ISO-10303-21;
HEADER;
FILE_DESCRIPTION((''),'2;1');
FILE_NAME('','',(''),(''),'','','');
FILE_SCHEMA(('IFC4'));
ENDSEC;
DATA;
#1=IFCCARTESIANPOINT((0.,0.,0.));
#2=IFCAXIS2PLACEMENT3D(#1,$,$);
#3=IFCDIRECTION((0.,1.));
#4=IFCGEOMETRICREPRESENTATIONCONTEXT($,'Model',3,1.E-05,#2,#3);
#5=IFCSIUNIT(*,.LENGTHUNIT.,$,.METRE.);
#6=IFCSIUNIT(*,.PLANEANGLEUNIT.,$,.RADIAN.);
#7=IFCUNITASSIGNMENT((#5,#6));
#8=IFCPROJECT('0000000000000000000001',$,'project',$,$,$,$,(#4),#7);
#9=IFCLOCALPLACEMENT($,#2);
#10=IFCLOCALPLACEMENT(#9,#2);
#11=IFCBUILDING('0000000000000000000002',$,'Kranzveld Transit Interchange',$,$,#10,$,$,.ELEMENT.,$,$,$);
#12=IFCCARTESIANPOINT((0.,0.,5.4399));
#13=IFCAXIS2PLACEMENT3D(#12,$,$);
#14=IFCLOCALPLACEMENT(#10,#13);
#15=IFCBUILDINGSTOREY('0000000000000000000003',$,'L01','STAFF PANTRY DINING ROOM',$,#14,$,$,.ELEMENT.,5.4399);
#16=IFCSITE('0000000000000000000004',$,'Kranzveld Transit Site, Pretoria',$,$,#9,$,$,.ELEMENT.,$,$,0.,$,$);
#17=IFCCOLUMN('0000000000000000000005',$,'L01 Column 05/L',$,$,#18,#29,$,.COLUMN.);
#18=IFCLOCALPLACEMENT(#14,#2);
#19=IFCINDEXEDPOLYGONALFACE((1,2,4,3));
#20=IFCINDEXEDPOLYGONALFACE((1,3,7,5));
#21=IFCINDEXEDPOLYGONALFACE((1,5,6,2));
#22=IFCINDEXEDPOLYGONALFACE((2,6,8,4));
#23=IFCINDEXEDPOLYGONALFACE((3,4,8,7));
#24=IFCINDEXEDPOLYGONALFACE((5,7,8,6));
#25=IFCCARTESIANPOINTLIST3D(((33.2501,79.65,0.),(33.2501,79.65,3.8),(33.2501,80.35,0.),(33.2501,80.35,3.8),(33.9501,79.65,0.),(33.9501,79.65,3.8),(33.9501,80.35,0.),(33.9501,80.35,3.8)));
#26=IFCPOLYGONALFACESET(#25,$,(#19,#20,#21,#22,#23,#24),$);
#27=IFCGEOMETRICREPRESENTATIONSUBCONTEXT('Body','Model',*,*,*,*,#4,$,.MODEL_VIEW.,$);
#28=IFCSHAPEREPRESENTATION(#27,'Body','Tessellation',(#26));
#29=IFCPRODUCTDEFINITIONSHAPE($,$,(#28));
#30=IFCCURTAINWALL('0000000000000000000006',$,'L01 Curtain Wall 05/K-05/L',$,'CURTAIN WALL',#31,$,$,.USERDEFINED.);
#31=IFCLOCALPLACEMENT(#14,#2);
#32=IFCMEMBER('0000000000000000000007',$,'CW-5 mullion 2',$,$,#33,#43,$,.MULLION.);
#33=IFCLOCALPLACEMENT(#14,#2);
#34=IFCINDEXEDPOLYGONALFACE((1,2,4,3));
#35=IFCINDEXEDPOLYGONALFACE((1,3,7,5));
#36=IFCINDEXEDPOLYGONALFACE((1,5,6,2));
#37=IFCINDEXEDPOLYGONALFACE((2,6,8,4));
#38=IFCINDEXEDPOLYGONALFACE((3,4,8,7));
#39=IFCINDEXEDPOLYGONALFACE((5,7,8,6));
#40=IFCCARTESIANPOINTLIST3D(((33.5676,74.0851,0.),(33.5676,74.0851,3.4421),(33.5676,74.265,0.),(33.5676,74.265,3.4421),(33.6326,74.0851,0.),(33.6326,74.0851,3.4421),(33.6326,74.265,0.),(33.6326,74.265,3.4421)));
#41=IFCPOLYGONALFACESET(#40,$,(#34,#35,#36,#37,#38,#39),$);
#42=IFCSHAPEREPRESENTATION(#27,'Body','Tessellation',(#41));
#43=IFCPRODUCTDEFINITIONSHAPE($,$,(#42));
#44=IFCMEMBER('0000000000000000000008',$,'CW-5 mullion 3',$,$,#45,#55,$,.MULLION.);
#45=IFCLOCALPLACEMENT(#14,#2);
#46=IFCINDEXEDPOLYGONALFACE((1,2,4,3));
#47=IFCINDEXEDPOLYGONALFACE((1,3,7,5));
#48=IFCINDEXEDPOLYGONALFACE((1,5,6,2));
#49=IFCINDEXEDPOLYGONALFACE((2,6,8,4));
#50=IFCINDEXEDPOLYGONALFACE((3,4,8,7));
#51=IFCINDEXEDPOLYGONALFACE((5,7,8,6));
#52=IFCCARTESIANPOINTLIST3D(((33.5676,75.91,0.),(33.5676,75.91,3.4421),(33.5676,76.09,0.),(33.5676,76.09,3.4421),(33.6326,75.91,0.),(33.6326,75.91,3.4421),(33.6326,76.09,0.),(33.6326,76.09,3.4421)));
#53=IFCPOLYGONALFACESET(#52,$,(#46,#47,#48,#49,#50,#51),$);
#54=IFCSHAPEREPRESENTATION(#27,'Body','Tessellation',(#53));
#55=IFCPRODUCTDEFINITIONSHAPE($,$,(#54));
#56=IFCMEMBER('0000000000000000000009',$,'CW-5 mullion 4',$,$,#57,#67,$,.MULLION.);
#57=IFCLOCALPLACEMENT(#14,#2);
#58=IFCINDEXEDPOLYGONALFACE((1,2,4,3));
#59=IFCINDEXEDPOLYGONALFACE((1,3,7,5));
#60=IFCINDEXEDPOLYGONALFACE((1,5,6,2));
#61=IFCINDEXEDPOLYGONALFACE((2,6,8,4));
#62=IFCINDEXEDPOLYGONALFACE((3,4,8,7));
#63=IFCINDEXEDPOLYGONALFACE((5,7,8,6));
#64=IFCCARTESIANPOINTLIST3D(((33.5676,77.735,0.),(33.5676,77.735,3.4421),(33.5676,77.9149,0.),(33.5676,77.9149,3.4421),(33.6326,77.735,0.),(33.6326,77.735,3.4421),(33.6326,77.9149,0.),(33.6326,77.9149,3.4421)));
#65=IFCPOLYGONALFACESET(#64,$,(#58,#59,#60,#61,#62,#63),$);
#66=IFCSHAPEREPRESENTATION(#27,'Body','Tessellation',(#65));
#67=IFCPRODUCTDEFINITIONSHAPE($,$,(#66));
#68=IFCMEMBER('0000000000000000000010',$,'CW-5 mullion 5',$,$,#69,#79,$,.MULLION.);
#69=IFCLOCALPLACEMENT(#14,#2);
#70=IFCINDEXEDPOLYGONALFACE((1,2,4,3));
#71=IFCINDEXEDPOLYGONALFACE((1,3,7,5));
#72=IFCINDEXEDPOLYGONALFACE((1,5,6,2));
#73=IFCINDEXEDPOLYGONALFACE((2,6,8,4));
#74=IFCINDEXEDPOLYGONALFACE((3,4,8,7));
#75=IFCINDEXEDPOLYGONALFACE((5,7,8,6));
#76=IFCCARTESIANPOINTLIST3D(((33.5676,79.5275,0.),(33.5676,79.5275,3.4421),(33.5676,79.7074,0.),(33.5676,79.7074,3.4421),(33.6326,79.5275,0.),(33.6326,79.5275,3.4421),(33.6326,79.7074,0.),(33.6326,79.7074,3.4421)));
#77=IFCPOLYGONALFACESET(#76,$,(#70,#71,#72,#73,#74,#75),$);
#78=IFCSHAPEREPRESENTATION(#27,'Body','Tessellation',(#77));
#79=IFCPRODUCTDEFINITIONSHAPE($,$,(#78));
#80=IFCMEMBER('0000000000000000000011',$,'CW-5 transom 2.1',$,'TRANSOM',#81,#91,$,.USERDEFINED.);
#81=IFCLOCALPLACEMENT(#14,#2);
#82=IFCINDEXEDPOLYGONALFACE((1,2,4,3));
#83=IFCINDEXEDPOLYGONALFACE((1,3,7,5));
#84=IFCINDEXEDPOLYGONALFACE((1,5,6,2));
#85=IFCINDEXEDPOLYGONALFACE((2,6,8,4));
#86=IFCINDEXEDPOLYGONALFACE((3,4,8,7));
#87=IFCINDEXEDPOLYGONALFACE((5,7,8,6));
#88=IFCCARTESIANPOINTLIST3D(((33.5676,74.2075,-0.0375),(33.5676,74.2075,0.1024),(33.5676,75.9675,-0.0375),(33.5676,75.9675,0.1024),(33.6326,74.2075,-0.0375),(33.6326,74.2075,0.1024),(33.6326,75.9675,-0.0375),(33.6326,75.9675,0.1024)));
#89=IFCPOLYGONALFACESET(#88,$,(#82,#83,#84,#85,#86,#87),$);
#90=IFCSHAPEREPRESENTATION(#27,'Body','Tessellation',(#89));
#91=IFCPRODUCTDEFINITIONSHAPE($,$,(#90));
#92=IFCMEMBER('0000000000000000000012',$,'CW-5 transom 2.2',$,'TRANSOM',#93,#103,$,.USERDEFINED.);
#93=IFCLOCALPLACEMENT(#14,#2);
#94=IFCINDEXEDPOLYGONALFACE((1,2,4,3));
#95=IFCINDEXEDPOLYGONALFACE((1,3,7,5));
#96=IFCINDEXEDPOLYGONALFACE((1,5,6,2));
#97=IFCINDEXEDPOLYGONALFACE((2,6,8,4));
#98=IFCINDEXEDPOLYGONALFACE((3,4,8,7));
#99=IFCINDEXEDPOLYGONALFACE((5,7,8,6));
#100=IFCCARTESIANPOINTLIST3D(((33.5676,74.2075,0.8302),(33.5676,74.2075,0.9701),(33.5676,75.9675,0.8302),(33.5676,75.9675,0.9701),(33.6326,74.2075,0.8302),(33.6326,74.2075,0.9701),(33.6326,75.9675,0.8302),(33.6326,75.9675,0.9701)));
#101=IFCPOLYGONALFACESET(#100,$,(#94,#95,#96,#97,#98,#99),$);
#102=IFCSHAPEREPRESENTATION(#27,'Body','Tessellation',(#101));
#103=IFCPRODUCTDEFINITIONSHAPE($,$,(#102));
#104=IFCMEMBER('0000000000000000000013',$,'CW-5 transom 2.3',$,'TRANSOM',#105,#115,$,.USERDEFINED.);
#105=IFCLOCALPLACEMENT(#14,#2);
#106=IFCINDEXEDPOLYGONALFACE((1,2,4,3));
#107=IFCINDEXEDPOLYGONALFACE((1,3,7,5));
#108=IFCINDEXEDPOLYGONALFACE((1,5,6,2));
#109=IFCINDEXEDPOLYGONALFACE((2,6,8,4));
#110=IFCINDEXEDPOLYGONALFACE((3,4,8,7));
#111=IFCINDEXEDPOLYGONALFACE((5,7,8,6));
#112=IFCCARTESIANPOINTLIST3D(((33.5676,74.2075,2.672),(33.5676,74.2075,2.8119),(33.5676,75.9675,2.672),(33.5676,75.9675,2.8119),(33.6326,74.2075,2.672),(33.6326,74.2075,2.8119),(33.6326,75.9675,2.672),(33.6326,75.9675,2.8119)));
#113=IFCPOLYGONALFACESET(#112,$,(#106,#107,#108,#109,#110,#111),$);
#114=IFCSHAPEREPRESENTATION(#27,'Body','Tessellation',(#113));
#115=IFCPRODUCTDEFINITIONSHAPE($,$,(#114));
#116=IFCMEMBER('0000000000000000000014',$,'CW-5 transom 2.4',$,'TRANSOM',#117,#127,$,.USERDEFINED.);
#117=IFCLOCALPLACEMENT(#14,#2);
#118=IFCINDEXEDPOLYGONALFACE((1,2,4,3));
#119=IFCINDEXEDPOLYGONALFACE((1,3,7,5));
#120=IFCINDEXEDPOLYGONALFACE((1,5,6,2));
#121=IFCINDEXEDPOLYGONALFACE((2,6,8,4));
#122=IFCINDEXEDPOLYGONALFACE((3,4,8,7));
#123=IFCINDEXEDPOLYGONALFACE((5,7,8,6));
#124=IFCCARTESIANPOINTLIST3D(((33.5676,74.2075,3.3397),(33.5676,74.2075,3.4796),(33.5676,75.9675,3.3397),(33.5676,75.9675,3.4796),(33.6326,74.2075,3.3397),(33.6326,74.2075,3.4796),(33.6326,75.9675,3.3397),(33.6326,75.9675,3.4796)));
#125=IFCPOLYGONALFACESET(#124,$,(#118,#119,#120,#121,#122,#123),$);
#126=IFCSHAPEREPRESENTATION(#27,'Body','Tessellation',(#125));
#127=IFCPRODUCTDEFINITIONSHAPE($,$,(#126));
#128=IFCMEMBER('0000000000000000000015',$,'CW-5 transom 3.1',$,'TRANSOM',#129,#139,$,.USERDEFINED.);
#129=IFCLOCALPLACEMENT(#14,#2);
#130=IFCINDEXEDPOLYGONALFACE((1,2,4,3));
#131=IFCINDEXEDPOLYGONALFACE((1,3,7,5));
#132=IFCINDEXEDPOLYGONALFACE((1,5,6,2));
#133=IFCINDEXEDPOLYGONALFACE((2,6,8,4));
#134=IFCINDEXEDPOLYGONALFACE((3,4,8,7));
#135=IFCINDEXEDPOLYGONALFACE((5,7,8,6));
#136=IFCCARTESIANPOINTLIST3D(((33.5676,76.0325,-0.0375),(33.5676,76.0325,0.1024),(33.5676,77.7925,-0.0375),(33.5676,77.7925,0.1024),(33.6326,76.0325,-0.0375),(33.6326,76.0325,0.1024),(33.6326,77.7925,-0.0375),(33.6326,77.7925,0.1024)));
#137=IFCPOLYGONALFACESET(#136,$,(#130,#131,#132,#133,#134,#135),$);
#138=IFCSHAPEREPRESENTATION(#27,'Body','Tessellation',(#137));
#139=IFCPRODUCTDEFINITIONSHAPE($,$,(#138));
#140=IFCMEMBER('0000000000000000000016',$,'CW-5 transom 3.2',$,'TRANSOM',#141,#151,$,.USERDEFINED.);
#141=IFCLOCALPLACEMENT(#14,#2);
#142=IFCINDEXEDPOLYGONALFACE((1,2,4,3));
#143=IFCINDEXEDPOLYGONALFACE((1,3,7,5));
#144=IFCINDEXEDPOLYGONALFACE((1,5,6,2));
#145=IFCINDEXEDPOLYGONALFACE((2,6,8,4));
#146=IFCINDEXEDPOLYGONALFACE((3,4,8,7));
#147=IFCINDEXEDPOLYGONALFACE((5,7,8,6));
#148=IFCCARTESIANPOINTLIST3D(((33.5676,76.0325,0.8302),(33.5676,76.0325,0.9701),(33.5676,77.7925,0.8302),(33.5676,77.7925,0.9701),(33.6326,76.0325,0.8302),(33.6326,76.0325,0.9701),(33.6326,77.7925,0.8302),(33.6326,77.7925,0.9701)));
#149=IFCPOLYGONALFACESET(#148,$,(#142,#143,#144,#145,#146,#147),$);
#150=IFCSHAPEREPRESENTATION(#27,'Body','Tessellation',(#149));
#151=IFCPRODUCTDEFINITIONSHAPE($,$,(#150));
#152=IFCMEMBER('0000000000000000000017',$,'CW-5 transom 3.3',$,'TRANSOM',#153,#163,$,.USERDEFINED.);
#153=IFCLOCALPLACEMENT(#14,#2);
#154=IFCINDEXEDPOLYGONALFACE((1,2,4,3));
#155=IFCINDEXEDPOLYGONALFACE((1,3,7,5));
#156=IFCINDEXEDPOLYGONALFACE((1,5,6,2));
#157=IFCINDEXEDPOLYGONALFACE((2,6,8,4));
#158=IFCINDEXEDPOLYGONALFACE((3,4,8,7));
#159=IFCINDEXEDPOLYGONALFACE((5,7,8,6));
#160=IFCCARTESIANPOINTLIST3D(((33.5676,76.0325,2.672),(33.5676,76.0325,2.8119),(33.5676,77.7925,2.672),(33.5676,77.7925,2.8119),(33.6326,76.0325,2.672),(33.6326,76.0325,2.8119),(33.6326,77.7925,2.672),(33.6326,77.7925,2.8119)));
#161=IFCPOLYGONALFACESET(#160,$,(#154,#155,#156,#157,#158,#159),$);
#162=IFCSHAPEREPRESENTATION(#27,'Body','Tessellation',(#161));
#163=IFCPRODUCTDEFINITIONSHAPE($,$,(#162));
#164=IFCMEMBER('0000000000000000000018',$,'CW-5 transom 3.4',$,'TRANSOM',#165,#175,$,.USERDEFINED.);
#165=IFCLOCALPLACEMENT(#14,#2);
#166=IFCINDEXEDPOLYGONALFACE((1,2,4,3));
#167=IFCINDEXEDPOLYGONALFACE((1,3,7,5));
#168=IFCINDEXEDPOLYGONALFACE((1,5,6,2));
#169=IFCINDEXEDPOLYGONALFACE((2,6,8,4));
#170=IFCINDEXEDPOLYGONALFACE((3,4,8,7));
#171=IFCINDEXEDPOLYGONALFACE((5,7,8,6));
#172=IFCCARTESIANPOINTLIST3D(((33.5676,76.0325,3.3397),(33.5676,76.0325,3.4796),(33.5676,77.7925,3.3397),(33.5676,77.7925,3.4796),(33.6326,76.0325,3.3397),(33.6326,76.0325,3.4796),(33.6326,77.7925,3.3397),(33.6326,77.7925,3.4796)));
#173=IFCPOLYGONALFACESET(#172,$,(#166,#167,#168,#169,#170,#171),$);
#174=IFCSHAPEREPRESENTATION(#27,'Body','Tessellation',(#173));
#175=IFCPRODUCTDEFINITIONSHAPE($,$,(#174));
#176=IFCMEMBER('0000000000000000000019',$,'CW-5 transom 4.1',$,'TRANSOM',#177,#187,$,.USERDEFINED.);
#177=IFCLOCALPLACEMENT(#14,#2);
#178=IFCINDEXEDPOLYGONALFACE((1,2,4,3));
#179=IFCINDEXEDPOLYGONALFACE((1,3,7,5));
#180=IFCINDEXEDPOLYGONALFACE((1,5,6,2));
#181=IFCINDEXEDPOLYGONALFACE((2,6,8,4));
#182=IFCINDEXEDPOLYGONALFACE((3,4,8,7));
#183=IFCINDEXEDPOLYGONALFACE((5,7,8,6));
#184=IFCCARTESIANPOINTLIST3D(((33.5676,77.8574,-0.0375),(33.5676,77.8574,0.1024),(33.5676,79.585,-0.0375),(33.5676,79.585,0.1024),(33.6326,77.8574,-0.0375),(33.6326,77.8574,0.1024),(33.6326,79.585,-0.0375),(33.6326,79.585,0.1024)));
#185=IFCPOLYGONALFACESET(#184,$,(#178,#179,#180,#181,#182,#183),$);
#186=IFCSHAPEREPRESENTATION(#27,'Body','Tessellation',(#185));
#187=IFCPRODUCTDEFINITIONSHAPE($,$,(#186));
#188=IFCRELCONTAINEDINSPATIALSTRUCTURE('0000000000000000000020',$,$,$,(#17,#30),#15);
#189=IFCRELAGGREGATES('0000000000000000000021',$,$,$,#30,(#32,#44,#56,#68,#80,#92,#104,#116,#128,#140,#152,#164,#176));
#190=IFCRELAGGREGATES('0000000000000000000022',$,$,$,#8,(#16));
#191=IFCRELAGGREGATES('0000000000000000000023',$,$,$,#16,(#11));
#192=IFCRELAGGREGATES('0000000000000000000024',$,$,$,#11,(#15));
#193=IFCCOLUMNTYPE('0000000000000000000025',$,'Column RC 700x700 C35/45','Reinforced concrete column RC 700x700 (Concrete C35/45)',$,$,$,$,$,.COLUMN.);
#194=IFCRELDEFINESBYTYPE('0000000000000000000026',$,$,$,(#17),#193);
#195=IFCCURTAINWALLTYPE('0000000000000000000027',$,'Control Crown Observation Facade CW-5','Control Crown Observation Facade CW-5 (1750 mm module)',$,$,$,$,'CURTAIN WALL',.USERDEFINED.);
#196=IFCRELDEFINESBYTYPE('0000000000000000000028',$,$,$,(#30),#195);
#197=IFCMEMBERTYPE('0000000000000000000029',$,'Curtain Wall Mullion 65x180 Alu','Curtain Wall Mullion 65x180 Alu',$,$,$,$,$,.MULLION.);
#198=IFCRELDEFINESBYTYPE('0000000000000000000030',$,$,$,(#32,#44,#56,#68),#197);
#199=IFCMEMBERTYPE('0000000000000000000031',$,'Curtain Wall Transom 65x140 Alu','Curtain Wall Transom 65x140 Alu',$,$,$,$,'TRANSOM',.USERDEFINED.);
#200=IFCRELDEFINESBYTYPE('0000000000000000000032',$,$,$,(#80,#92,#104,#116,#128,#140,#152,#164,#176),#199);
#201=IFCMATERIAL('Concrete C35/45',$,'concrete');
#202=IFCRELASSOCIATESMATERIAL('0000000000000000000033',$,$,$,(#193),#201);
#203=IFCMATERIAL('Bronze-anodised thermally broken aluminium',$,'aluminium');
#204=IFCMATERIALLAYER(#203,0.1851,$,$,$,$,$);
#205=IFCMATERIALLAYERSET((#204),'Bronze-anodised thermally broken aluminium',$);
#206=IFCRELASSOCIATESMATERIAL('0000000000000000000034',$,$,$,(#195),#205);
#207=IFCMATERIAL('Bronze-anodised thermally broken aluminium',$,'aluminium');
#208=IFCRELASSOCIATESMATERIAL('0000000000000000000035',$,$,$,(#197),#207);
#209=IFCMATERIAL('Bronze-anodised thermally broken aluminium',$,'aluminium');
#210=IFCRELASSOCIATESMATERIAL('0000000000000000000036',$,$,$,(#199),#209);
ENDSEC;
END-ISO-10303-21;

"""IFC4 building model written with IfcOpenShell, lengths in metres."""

from ifc_helpers import new_model, si_unit, direction, frame, origin, origin_2d, place, context, subcontext, project, spatial, rectangle, extrude, material, layer, layer_set, material_profile, profile_set, type_object, element, aggregate, save


model = new_model("IFC4")

# Units and contexts
model_context = context("Model", 3, precision=1e-05, world=origin(), true_north=direction((0.0, 1.0)))
body_context = subcontext(model_context, "Body", "Model", "MODEL_VIEW")
ifc_project = project(units=[si_unit("LENGTHUNIT", "METRE"), si_unit("PLANEANGLEUNIT", "RADIAN")], contexts=[model_context])

# Site, building, storey
site_placement = place(None, origin())
site = spatial("IfcSite", under=ifc_project, at=site_placement, Name="Kranzveld Transit Site, Pretoria", CompositionType="ELEMENT", RefElevation=0.0)
building_placement = place(site_placement, origin())
building = spatial("IfcBuilding", under=site, at=building_placement, Name="Kranzveld Transit Interchange", CompositionType="ELEMENT")
storey_placement = place(building_placement, frame((0.0, 0.0, 5.4399)))
storey = spatial("IfcBuildingStorey", under=building, at=storey_placement, Name="L01", Description="STAFF PANTRY DINING ROOM", CompositionType="ELEMENT", Elevation=5.4399)

# Column
ifc_material_1 = material(Name="Concrete C35/45", Category="concrete")
ifc_material_profile_1 = material_profile(ifc_material_1, rectangle(XDim=0.7, YDim=0.7, at=origin_2d()), Name="RC 700x700")
ifc_profile_set_1 = profile_set([ifc_material_profile_1], Name="Concrete C35/45")
column_type = type_object("IfcColumnType", Name="Column RC 700x700 C35/45", Description="Reinforced concrete column RC 700x700 (Concrete C35/45)", PredefinedType="COLUMN", material=ifc_profile_set_1)
column_placement = place(storey_placement, frame((33.6001, 80.0, 0.0), z_axis=(0.0, 0.0, 1.0), x_axis=(1.0, 0.0, 0.0)))
element("IfcColumn", 1, at=column_placement, inside=storey, type_object=column_type, Name="L01 Column 05/L", PredefinedType="COLUMN", context=body_context, shape_type="SweptSolid", body=[
    extrude(rectangle(XDim=0.7, YDim=0.7, at=origin_2d()), origin(), (0.0, 0.0, 1.0), 3.8),
])

# Curtain wall, members
ifc_material_2 = material(Name="Bronze-anodised thermally broken aluminium", Category="aluminium")
ifc_layer_1 = layer(ifc_material_2, 0.1851)
ifc_layer_set_1 = layer_set([ifc_layer_1], Name="Bronze-anodised thermally broken aluminium")
curtain_wall_type = type_object("IfcCurtainWallType", Name="Control Crown Observation Facade CW-5", Description="Control Crown Observation Facade CW-5 (1750 mm module)", ElementType="CURTAIN WALL", PredefinedType="USERDEFINED", material=ifc_layer_set_1)
curtain_wall_placement = place(storey_placement, origin())
curtain_wall = element("IfcCurtainWall", 2, at=curtain_wall_placement, inside=storey, type_object=curtain_wall_type, Name="L01 Curtain Wall 05/K-05/L", ObjectType="CURTAIN WALL", PredefinedType="USERDEFINED")
ifc_material_3 = material(Name="Bronze-anodised thermally broken aluminium", Category="aluminium")
ifc_material_profile_2 = material_profile(ifc_material_3, rectangle(XDim=0.0649, YDim=0.1799, at=origin_2d()), Name="ALU MULLION 65x180")
ifc_profile_set_2 = profile_set([ifc_material_profile_2], Name="Bronze-anodised thermally broken aluminium")
member_type_1 = type_object("IfcMemberType", Name="Curtain Wall Mullion 65x180 Alu", Description="Curtain Wall Mullion 65x180 Alu", PredefinedType="MULLION", material=ifc_profile_set_2)
member_1_placement = place(storey_placement, frame((33.6001, 74.175, 0.0), z_axis=(0.0, 0.0, 1.0), x_axis=(-1.0, 0.0, 0.0)))
member_1 = element("IfcMember", 3, at=member_1_placement, type_object=member_type_1, Name="CW-5 mullion 2", PredefinedType="MULLION", context=body_context, shape_type="SweptSolid", body=[
    extrude(rectangle(XDim=0.0649, YDim=0.1799, at=origin_2d()), origin(), (0.0, 0.0, 1.0), 3.4421),
])
member_2_placement = place(storey_placement, frame((33.6001, 76.0, 0.0), z_axis=(0.0, 0.0, 1.0), x_axis=(-1.0, 0.0, 0.0)))
member_2 = element("IfcMember", 4, at=member_2_placement, type_object=member_type_1, Name="CW-5 mullion 3", PredefinedType="MULLION", context=body_context, shape_type="SweptSolid", body=[
    extrude(rectangle(XDim=0.0649, YDim=0.1799, at=origin_2d()), origin(), (0.0, 0.0, 1.0), 3.4421),
])
member_3_placement = place(storey_placement, frame((33.6001, 77.825, 0.0), z_axis=(0.0, 0.0, 1.0), x_axis=(-1.0, 0.0, 0.0)))
member_3 = element("IfcMember", 5, at=member_3_placement, type_object=member_type_1, Name="CW-5 mullion 4", PredefinedType="MULLION", context=body_context, shape_type="SweptSolid", body=[
    extrude(rectangle(XDim=0.0649, YDim=0.1799, at=origin_2d()), origin(), (0.0, 0.0, 1.0), 3.4421),
])
member_4_placement = place(storey_placement, frame((33.6001, 79.6174, 0.0), z_axis=(0.0, 0.0, 1.0), x_axis=(-1.0, 0.0, 0.0)))
member_4 = element("IfcMember", 6, at=member_4_placement, type_object=member_type_1, Name="CW-5 mullion 5", PredefinedType="MULLION", context=body_context, shape_type="SweptSolid", body=[
    extrude(rectangle(XDim=0.0649, YDim=0.1799, at=origin_2d()), origin(), (0.0, 0.0, 1.0), 3.4421),
])
ifc_material_4 = material(Name="Bronze-anodised thermally broken aluminium", Category="aluminium")
ifc_material_profile_3 = material_profile(ifc_material_4, rectangle(XDim=0.0649, YDim=0.1399, at=origin_2d()), Name="ALU TRANSOM 65x140")
ifc_profile_set_3 = profile_set([ifc_material_profile_3], Name="Bronze-anodised thermally broken aluminium")
member_type_2 = type_object("IfcMemberType", Name="Curtain Wall Transom 65x140 Alu", Description="Curtain Wall Transom 65x140 Alu", ElementType="TRANSOM", PredefinedType="USERDEFINED", material=ifc_profile_set_3)
member_5_placement = place(storey_placement, frame((33.6001, 74.2075, 0.0325), z_axis=(0.0, 1.0, 0.0), x_axis=(-1.0, 0.0, 0.0)))
member_5 = element("IfcMember", 7, at=member_5_placement, type_object=member_type_2, Name="CW-5 transom 2.1", ObjectType="TRANSOM", PredefinedType="USERDEFINED", context=body_context, shape_type="SweptSolid", body=[
    extrude(rectangle(XDim=0.0649, YDim=0.1399, at=origin_2d()), origin(), (0.0, 0.0, 1.0), 1.76),
])
member_6_placement = place(storey_placement, frame((33.6001, 74.2075, 0.9001), z_axis=(0.0, 1.0, 0.0), x_axis=(-1.0, 0.0, 0.0)))
member_6 = element("IfcMember", 8, at=member_6_placement, type_object=member_type_2, Name="CW-5 transom 2.2", ObjectType="TRANSOM", PredefinedType="USERDEFINED", context=body_context, shape_type="SweptSolid", body=[
    extrude(rectangle(XDim=0.0649, YDim=0.1399, at=origin_2d()), origin(), (0.0, 0.0, 1.0), 1.76),
])
member_7_placement = place(storey_placement, frame((33.6001, 74.2075, 2.7419), z_axis=(0.0, 1.0, 0.0), x_axis=(-1.0, 0.0, 0.0)))
member_7 = element("IfcMember", 9, at=member_7_placement, type_object=member_type_2, Name="CW-5 transom 2.3", ObjectType="TRANSOM", PredefinedType="USERDEFINED", context=body_context, shape_type="SweptSolid", body=[
    extrude(rectangle(XDim=0.0649, YDim=0.1399, at=origin_2d()), origin(), (0.0, 0.0, 1.0), 1.76),
])
member_8_placement = place(storey_placement, frame((33.6001, 74.2075, 3.4097), z_axis=(0.0, 1.0, 0.0), x_axis=(-1.0, 0.0, 0.0)))
member_8 = element("IfcMember", 10, at=member_8_placement, type_object=member_type_2, Name="CW-5 transom 2.4", ObjectType="TRANSOM", PredefinedType="USERDEFINED", context=body_context, shape_type="SweptSolid", body=[
    extrude(rectangle(XDim=0.0649, YDim=0.1399, at=origin_2d()), origin(), (0.0, 0.0, 1.0), 1.76),
])
member_9_placement = place(storey_placement, frame((33.6001, 76.0325, 0.0325), z_axis=(0.0, 1.0, 0.0), x_axis=(-1.0, 0.0, 0.0)))
member_9 = element("IfcMember", 11, at=member_9_placement, type_object=member_type_2, Name="CW-5 transom 3.1", ObjectType="TRANSOM", PredefinedType="USERDEFINED", context=body_context, shape_type="SweptSolid", body=[
    extrude(rectangle(XDim=0.0649, YDim=0.1399, at=origin_2d()), origin(), (0.0, 0.0, 1.0), 1.76),
])
member_10_placement = place(storey_placement, frame((33.6001, 76.0325, 0.9001), z_axis=(0.0, 1.0, 0.0), x_axis=(-1.0, 0.0, 0.0)))
member_10 = element("IfcMember", 12, at=member_10_placement, type_object=member_type_2, Name="CW-5 transom 3.2", ObjectType="TRANSOM", PredefinedType="USERDEFINED", context=body_context, shape_type="SweptSolid", body=[
    extrude(rectangle(XDim=0.0649, YDim=0.1399, at=origin_2d()), origin(), (0.0, 0.0, 1.0), 1.76),
])
member_11_placement = place(storey_placement, frame((33.6001, 76.0325, 2.7419), z_axis=(0.0, 1.0, 0.0), x_axis=(-1.0, 0.0, 0.0)))
member_11 = element("IfcMember", 13, at=member_11_placement, type_object=member_type_2, Name="CW-5 transom 3.3", ObjectType="TRANSOM", PredefinedType="USERDEFINED", context=body_context, shape_type="SweptSolid", body=[
    extrude(rectangle(XDim=0.0649, YDim=0.1399, at=origin_2d()), origin(), (0.0, 0.0, 1.0), 1.76),
])
member_12_placement = place(storey_placement, frame((33.6001, 76.0325, 3.4097), z_axis=(0.0, 1.0, 0.0), x_axis=(-1.0, 0.0, 0.0)))
member_12 = element("IfcMember", 14, at=member_12_placement, type_object=member_type_2, Name="CW-5 transom 3.4", ObjectType="TRANSOM", PredefinedType="USERDEFINED", context=body_context, shape_type="SweptSolid", body=[
    extrude(rectangle(XDim=0.0649, YDim=0.1399, at=origin_2d()), origin(), (0.0, 0.0, 1.0), 1.76),
])
member_13_placement = place(storey_placement, frame((33.6001, 77.8574, 0.0325), z_axis=(0.0, 1.0, 0.0), x_axis=(-1.0, 0.0, 0.0)))
member_13 = element("IfcMember", 15, at=member_13_placement, type_object=member_type_2, Name="CW-5 transom 4.1", ObjectType="TRANSOM", PredefinedType="USERDEFINED", context=body_context, shape_type="SweptSolid", body=[
    extrude(rectangle(XDim=0.0649, YDim=0.1399, at=origin_2d()), origin(), (0.0, 0.0, 1.0), 1.7275),
])
aggregate(curtain_wall, [member_1, member_2, member_3, member_4, member_5, member_6, member_7, member_8, member_9, member_10, member_11, member_12, member_13])

save(model, "model.ifc")
